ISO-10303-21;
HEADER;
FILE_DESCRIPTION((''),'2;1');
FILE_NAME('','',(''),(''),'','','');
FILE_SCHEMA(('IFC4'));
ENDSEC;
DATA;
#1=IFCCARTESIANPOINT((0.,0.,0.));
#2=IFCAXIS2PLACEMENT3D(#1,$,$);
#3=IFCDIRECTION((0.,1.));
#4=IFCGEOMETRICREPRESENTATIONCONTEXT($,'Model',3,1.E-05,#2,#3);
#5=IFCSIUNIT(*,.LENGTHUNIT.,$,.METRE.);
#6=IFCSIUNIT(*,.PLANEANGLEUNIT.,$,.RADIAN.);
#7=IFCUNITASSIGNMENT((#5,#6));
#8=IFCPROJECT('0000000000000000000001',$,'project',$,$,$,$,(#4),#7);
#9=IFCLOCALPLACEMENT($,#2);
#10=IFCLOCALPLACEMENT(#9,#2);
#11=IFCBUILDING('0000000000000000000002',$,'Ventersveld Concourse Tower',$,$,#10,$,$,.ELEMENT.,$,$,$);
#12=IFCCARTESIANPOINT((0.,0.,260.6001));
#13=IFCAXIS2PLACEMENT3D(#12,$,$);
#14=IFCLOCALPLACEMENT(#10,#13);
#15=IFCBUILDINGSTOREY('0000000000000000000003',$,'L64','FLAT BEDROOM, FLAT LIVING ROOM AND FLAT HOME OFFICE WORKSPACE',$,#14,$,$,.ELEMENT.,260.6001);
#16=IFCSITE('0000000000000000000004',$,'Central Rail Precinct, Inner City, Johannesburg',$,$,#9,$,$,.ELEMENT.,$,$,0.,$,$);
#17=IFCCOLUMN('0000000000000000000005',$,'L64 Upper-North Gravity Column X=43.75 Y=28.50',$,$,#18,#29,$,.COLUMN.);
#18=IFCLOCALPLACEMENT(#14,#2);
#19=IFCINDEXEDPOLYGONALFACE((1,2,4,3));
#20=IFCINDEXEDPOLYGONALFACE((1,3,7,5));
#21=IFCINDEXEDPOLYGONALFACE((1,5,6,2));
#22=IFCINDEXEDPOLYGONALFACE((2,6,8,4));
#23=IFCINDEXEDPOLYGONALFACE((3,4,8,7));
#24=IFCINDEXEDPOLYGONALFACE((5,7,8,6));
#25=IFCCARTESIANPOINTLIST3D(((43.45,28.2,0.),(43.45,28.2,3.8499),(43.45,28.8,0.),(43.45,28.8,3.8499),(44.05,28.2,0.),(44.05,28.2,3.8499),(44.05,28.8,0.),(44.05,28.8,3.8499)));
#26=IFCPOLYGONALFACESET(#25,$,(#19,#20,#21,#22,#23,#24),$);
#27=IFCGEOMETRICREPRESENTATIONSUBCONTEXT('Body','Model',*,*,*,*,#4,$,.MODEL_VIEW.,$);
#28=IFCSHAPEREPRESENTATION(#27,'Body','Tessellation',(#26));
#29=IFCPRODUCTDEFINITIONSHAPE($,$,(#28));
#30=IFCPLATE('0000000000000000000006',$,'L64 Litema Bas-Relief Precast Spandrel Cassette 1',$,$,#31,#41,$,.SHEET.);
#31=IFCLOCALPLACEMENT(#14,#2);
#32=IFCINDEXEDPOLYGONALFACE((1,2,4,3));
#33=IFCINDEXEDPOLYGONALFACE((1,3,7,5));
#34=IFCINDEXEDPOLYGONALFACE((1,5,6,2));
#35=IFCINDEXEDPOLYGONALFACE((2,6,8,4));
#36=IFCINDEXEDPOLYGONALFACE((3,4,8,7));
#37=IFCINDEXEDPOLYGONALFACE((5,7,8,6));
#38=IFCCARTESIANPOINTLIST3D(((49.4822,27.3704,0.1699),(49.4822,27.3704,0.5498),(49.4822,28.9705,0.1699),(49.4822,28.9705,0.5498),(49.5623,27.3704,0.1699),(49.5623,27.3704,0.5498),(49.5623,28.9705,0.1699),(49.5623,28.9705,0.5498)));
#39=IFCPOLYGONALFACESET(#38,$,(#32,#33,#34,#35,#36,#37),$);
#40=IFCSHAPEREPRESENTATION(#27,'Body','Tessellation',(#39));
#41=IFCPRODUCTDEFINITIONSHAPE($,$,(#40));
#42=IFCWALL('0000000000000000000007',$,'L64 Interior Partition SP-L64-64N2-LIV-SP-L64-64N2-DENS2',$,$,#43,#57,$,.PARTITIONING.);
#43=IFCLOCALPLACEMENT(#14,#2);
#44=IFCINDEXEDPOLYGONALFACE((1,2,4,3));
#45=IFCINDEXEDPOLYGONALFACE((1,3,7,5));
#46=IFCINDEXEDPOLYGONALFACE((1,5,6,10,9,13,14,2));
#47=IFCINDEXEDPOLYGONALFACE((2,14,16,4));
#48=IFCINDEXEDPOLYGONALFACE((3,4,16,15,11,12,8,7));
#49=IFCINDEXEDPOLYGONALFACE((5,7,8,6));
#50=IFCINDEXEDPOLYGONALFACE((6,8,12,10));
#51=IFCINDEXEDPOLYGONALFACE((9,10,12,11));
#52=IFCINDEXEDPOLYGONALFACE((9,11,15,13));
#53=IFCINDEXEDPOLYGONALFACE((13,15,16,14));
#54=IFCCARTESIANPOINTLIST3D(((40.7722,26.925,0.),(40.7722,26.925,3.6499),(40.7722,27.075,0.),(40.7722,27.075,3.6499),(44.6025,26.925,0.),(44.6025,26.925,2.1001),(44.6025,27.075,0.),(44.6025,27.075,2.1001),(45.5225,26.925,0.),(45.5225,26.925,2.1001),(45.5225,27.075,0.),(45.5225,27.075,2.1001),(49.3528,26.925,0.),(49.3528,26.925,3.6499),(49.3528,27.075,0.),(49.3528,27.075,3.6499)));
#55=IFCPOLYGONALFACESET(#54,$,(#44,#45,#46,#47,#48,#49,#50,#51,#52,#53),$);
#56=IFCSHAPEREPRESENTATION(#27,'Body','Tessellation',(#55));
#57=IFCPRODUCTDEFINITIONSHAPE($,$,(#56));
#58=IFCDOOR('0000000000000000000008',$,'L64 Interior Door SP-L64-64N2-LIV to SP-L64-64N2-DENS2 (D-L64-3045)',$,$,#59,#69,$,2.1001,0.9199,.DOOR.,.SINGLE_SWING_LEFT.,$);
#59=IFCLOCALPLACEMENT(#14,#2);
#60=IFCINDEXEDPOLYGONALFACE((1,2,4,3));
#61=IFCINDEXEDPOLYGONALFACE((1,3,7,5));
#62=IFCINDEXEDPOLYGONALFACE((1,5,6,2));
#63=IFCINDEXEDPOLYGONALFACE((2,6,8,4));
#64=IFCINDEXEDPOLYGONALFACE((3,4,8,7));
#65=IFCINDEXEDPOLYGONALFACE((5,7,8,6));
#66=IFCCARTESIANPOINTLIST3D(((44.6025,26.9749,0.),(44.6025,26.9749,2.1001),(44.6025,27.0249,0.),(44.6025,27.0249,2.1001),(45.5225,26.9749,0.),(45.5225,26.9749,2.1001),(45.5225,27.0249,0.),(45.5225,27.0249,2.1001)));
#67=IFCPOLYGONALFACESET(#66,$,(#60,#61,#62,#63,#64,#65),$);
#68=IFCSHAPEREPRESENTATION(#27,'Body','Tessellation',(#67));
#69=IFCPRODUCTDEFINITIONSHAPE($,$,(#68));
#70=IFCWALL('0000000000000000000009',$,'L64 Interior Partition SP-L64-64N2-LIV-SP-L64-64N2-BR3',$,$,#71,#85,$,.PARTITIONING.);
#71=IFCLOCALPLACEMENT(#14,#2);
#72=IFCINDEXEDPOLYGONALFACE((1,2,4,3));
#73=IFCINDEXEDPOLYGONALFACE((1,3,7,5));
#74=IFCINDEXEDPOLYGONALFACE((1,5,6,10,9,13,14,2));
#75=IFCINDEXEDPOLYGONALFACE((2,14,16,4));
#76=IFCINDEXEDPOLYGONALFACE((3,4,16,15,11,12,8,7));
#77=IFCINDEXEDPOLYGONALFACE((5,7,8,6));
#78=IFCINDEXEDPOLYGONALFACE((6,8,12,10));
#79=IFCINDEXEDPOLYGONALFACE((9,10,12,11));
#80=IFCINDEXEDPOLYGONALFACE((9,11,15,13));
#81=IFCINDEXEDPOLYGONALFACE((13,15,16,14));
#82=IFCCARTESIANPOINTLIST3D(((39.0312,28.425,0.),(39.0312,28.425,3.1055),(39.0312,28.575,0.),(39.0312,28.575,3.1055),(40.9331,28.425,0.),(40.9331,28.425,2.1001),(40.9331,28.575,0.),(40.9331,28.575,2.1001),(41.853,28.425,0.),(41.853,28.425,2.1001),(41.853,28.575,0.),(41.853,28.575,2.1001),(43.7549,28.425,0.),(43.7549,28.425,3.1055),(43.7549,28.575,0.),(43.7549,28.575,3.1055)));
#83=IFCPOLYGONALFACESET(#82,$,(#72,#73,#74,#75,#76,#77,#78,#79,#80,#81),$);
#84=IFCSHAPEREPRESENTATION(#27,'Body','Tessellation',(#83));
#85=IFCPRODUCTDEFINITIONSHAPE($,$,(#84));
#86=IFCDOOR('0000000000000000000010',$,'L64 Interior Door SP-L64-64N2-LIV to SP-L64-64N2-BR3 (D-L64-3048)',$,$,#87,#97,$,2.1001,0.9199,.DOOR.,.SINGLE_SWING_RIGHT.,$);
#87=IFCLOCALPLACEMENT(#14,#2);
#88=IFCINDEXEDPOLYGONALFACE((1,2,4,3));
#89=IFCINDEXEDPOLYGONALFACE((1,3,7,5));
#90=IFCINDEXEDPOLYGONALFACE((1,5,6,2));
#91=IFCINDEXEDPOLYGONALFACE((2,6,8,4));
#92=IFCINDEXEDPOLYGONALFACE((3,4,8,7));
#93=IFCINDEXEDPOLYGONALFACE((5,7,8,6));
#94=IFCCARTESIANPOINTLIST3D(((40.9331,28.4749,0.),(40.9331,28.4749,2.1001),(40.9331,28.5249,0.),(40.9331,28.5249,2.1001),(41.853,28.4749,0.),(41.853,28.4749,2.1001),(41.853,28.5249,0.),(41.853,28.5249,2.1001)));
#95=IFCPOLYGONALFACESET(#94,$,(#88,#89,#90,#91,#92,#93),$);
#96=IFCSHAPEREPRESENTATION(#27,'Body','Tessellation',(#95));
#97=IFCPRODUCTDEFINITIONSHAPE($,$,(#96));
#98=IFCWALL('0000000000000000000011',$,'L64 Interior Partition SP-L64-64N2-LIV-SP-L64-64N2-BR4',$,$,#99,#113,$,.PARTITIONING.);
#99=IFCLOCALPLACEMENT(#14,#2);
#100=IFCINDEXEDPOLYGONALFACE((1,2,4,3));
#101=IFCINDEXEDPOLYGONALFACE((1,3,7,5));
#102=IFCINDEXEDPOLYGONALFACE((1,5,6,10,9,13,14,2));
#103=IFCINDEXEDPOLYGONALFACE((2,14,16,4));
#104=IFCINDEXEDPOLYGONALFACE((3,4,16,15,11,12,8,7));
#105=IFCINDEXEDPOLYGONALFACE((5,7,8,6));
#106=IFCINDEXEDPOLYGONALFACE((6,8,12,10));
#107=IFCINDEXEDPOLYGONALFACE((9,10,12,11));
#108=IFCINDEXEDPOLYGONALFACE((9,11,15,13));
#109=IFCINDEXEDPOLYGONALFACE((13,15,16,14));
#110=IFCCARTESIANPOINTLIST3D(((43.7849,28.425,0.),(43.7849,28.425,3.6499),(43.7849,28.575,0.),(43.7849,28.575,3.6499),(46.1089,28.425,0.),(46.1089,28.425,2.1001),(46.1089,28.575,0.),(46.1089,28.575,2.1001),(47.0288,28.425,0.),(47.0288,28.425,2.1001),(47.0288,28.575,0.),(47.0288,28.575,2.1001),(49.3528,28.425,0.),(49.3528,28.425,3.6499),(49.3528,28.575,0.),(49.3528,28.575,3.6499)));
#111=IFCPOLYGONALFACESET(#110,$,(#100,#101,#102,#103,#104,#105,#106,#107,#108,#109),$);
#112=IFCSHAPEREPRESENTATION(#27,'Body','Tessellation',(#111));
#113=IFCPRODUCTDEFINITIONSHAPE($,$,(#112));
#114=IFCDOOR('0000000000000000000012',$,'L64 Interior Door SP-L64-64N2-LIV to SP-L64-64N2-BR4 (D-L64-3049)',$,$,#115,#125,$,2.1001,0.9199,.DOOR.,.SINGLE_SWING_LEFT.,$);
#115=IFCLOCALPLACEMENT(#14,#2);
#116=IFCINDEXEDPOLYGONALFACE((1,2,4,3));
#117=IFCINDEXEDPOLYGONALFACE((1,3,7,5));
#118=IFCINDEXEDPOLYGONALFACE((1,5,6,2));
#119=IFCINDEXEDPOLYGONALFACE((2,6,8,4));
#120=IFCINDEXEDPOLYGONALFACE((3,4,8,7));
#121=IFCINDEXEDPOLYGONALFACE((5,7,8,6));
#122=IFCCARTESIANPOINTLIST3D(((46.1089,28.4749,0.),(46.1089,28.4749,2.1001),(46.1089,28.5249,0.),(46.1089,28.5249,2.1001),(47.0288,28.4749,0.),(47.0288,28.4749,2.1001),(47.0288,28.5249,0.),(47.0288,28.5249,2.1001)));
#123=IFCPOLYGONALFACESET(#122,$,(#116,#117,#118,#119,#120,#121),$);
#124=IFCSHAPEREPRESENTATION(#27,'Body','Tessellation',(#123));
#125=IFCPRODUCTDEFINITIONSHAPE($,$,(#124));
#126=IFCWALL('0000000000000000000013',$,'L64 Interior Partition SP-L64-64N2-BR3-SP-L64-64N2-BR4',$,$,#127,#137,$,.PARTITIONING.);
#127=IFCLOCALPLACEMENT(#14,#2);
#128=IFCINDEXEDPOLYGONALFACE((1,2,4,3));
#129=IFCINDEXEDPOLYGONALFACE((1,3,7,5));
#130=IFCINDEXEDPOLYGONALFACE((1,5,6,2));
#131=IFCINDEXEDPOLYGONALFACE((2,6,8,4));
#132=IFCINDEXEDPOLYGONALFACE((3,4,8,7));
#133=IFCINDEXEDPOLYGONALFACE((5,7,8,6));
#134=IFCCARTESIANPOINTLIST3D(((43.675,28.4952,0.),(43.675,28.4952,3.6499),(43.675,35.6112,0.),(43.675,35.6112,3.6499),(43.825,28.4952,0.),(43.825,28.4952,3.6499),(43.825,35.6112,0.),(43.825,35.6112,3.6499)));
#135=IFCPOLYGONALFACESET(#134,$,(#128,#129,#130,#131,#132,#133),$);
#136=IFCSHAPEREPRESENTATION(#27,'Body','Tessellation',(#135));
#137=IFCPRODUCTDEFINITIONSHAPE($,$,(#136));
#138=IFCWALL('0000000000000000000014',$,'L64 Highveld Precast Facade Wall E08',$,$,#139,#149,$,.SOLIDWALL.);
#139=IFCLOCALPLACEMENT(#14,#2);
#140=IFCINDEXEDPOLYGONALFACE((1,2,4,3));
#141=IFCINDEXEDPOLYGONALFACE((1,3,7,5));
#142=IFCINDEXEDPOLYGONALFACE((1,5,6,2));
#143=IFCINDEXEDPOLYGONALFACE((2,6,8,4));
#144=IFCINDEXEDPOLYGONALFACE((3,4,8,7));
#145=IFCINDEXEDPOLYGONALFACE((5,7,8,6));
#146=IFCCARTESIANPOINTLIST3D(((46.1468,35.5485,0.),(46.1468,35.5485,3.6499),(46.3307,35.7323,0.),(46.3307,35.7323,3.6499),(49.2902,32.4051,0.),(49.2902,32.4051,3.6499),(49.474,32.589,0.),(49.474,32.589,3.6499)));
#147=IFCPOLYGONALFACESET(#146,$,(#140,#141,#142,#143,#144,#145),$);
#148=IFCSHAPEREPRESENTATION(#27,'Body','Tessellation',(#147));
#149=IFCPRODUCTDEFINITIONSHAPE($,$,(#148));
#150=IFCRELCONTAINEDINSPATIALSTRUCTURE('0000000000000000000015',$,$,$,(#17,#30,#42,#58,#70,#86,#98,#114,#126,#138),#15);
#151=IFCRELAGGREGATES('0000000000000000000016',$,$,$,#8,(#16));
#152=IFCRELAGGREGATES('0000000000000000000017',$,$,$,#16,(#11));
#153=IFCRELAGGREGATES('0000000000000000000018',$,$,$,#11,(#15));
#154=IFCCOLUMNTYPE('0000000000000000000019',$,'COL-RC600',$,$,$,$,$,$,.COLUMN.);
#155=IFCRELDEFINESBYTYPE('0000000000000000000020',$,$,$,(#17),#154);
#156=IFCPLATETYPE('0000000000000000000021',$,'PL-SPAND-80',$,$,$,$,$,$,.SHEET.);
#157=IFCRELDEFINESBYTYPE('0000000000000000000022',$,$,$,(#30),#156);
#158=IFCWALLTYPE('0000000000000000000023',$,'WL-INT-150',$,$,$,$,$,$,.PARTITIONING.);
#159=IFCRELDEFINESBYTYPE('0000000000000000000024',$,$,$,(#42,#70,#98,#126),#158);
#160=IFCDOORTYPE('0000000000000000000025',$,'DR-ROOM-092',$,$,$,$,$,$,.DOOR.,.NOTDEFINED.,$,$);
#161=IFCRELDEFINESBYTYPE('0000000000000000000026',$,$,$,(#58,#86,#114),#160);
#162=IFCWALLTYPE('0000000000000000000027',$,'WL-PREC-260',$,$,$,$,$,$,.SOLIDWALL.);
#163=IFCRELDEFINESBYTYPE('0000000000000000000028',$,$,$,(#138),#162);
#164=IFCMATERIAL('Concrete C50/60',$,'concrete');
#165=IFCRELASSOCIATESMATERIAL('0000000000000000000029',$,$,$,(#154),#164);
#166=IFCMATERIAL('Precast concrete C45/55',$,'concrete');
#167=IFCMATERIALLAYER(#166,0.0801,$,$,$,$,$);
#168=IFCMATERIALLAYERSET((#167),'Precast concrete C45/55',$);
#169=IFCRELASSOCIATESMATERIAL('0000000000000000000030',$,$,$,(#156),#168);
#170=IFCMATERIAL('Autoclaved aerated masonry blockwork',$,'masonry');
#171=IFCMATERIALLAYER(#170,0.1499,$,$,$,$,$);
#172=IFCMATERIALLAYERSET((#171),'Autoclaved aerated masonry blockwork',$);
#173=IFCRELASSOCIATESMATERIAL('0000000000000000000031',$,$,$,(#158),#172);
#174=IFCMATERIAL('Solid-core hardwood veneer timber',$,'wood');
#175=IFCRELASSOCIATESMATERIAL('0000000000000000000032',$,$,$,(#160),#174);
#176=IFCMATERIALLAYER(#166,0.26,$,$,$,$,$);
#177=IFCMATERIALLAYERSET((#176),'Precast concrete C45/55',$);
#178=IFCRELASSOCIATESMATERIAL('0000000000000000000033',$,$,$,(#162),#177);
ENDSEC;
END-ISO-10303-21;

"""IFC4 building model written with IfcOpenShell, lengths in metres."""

from ifc_helpers import new_model, si_unit, direction, frame, frame_2d, origin, origin_2d, place, context, subcontext, project, spatial, rectangle, extrude, material, layer, layer_set, material_profile, profile_set, type_object, element, fill, save


model = new_model("IFC4")

# Units and contexts
model_context = context("Model", 3, precision=1e-05, world=origin(), true_north=direction((0.0, 1.0)))
body_context = subcontext(model_context, "Body", "Model", "MODEL_VIEW")
ifc_project = project(units=[si_unit("LENGTHUNIT", "METRE"), si_unit("PLANEANGLEUNIT", "RADIAN")], contexts=[model_context])

# Site, building, storey
site_placement = place(None, origin())
site = spatial("IfcSite", under=ifc_project, at=site_placement, Name="Central Rail Precinct, Inner City, Johannesburg", CompositionType="ELEMENT", RefElevation=0.0)
building_placement = place(site_placement, origin())
building = spatial("IfcBuilding", under=site, at=building_placement, Name="Ventersveld Concourse Tower", CompositionType="ELEMENT")
storey_placement = place(building_placement, frame((0.0, 0.0, 260.6001)))
storey = spatial("IfcBuildingStorey", under=building, at=storey_placement, Name="L64", Description="FLAT BEDROOM, FLAT LIVING ROOM AND FLAT HOME OFFICE WORKSPACE", CompositionType="ELEMENT", Elevation=260.6001)

# Column
ifc_material_1 = material(Name="Concrete C50/60", Category="concrete")
ifc_material_profile = material_profile(ifc_material_1, rectangle(XDim=0.6001, YDim=0.6001, at=origin_2d()), Name="RC 600x600")
ifc_profile_set = profile_set([ifc_material_profile], Name="Concrete C50/60")
column_type = type_object("IfcColumnType", Name="COL-RC600", PredefinedType="COLUMN", material=ifc_profile_set)
column_placement = place(storey_placement, frame((43.75, 28.5, 0.0), z_axis=(0.0, 0.0, 1.0), x_axis=(1.0, 0.0, 0.0)))
element("IfcColumn", 1, at=column_placement, inside=storey, type_object=column_type, Name="L64 Upper-North Gravity Column X=43.75 Y=28.50", PredefinedType="COLUMN", context=body_context, shape_type="SweptSolid", body=[
    extrude(rectangle(XDim=0.6001, YDim=0.6001, at=origin_2d()), origin(), (0.0, 0.0, 1.0), 3.8499),
])

# Plate
ifc_material_2 = material(Name="Precast concrete C45/55", Category="concrete")
ifc_layer_1 = layer(ifc_material_2, 0.0801)
ifc_layer_set_1 = layer_set([ifc_layer_1], Name="Precast concrete C45/55")
plate_type = type_object("IfcPlateType", Name="PL-SPAND-80", PredefinedType="SHEET", material=ifc_layer_set_1)
plate_placement = place(storey_placement, frame((49.5222, 28.1704, 0.1699), z_axis=(0.0, 0.0, 1.0), x_axis=(0.0, 1.0, 0.0)))
element("IfcPlate", 2, at=plate_placement, inside=storey, type_object=plate_type, Name="L64 Litema Bas-Relief Precast Spandrel Cassette 1", PredefinedType="SHEET", context=body_context, shape_type="SweptSolid", body=[
    extrude(rectangle(XDim=1.6001, YDim=0.0801, at=origin_2d()), origin(), (0.0, 0.0, 1.0), 0.3799),
])

# Walls, openings, doors
ifc_material_3 = material(Name="Autoclaved aerated masonry blockwork", Category="masonry")
ifc_layer_2 = layer(ifc_material_3, 0.1499)
ifc_layer_set_2 = layer_set([ifc_layer_2], Name="Autoclaved aerated masonry blockwork")
wall_type_1 = type_object("IfcWallType", Name="WL-INT-150", PredefinedType="PARTITIONING", material=ifc_layer_set_2)
wall_1_placement = place(storey_placement, frame((40.7722, 27.0, 0.0), z_axis=(0.0, 0.0, 1.0), x_axis=(1.0, 0.0, 0.0)))
wall_1 = element("IfcWall", 3, at=wall_1_placement, inside=storey, type_object=wall_type_1, Name="L64 Interior Partition SP-L64-64N2-LIV-SP-L64-64N2-DENS2", PredefinedType="PARTITIONING", context=body_context, shape_type="SweptSolid", body=[
    extrude(rectangle(XDim=8.5806, YDim=0.1499, at=frame_2d((4.2903, 0.0))), origin(), (0.0, 0.0, 1.0), 3.6499),
])
opening_1_placement = place(wall_1_placement, frame((3.8303, 0.0, 0.0)))
opening_1 = element("IfcOpeningElement", 4, at=opening_1_placement, cuts=wall_1, PredefinedType="OPENING", context=body_context, shape_type="SweptSolid", body=[
    extrude(rectangle(XDim=0.9199, YDim=2.1001, at=frame_2d((0.46, 1.05))), frame((0.0, 0.085, 0.0), z_axis=(0.0, -1.0, 0.0), x_axis=(1.0, 0.0, 0.0)), (0.0, 0.0, 1.0), 0.1699),
])
ifc_material_4 = material(Name="Solid-core hardwood veneer timber", Category="wood")
door_type = type_object("IfcDoorType", Name="DR-ROOM-092", OperationType="NOTDEFINED", PredefinedType="DOOR", material=ifc_material_4)
door_1_placement = place(opening_1_placement, origin())
door_1 = element("IfcDoor", 5, at=door_1_placement, inside=storey, type_object=door_type, Name="L64 Interior Door SP-L64-64N2-LIV to SP-L64-64N2-DENS2 (D-L64-3045)", OperationType="SINGLE_SWING_LEFT", OverallHeight=2.1001, OverallWidth=0.9199, PredefinedType="DOOR", context=body_context, shape_type="SweptSolid", body=[
    extrude(rectangle(XDim=0.9199, YDim=2.1001, at=frame_2d((0.46, 1.05))), frame((0.0, 0.0249, 0.0), z_axis=(0.0, -1.0, 0.0), x_axis=(1.0, 0.0, 0.0)), (0.0, 0.0, 1.0), 0.05),
])
fill(opening_1, door_1)
wall_2_placement = place(storey_placement, frame((39.0312, 28.5, 0.0), z_axis=(0.0, 0.0, 1.0), x_axis=(1.0, 0.0, 0.0)))
wall_2 = element("IfcWall", 6, at=wall_2_placement, inside=storey, type_object=wall_type_1, Name="L64 Interior Partition SP-L64-64N2-LIV-SP-L64-64N2-BR3", PredefinedType="PARTITIONING", context=body_context, shape_type="SweptSolid", body=[
    extrude(rectangle(XDim=4.7236, YDim=0.1499, at=frame_2d((2.3618, 0.0))), origin(), (0.0, 0.0, 1.0), 3.1055),
])
opening_2_placement = place(wall_2_placement, frame((1.9019, 0.0, 0.0)))
opening_2 = element("IfcOpeningElement", 7, at=opening_2_placement, cuts=wall_2, PredefinedType="OPENING", context=body_context, shape_type="SweptSolid", body=[
    extrude(rectangle(XDim=0.9199, YDim=2.1001, at=frame_2d((0.46, 1.05))), frame((0.0, 0.085, 0.0), z_axis=(0.0, -1.0, 0.0), x_axis=(1.0, 0.0, 0.0)), (0.0, 0.0, 1.0), 0.1699),
])
door_2_placement = place(opening_2_placement, origin())
door_2 = element("IfcDoor", 8, at=door_2_placement, inside=storey, type_object=door_type, Name="L64 Interior Door SP-L64-64N2-LIV to SP-L64-64N2-BR3 (D-L64-3048)", OperationType="SINGLE_SWING_RIGHT", OverallHeight=2.1001, OverallWidth=0.9199, PredefinedType="DOOR", context=body_context, shape_type="SweptSolid", body=[
    extrude(rectangle(XDim=0.9199, YDim=2.1001, at=frame_2d((0.46, 1.05))), frame((0.0, 0.0249, 0.0), z_axis=(0.0, -1.0, 0.0), x_axis=(1.0, 0.0, 0.0)), (0.0, 0.0, 1.0), 0.05),
])
fill(opening_2, door_2)
wall_3_placement = place(storey_placement, frame((43.7849, 28.5, 0.0), z_axis=(0.0, 0.0, 1.0), x_axis=(1.0, 0.0, 0.0)))
wall_3 = element("IfcWall", 9, at=wall_3_placement, inside=storey, type_object=wall_type_1, Name="L64 Interior Partition SP-L64-64N2-LIV-SP-L64-64N2-BR4", PredefinedType="PARTITIONING", context=body_context, shape_type="SweptSolid", body=[
    extrude(rectangle(XDim=5.5679, YDim=0.1499, at=frame_2d((2.7839, 0.0))), origin(), (0.0, 0.0, 1.0), 3.6499),
])
opening_3_placement = place(wall_3_placement, frame((2.324, 0.0, 0.0)))
opening_3 = element("IfcOpeningElement", 10, at=opening_3_placement, cuts=wall_3, PredefinedType="OPENING", context=body_context, shape_type="SweptSolid", body=[
    extrude(rectangle(XDim=0.9199, YDim=2.1001, at=frame_2d((0.46, 1.05))), frame((0.0, 0.085, 0.0), z_axis=(0.0, -1.0, 0.0), x_axis=(1.0, 0.0, 0.0)), (0.0, 0.0, 1.0), 0.1699),
])
door_3_placement = place(opening_3_placement, origin())
door_3 = element("IfcDoor", 11, at=door_3_placement, inside=storey, type_object=door_type, Name="L64 Interior Door SP-L64-64N2-LIV to SP-L64-64N2-BR4 (D-L64-3049)", OperationType="SINGLE_SWING_LEFT", OverallHeight=2.1001, OverallWidth=0.9199, PredefinedType="DOOR", context=body_context, shape_type="SweptSolid", body=[
    extrude(rectangle(XDim=0.9199, YDim=2.1001, at=frame_2d((0.46, 1.05))), frame((0.0, 0.0249, 0.0), z_axis=(0.0, -1.0, 0.0), x_axis=(1.0, 0.0, 0.0)), (0.0, 0.0, 1.0), 0.05),
])
fill(opening_3, door_3)

# Walls
wall_4_placement = place(storey_placement, frame((43.75, 28.4951, 0.0), z_axis=(0.0, 0.0, 1.0), x_axis=(0.0, 1.0, 0.0)))
element("IfcWall", 12, at=wall_4_placement, inside=storey, type_object=wall_type_1, Name="L64 Interior Partition SP-L64-64N2-BR3-SP-L64-64N2-BR4", PredefinedType="PARTITIONING", context=body_context, shape_type="SweptSolid", body=[
    extrude(rectangle(XDim=7.116, YDim=0.1499, at=frame_2d((3.5581, 0.0))), origin(), (0.0, 0.0, 1.0), 3.6499),
])
ifc_layer_3 = layer(ifc_material_2, 0.26)
ifc_layer_set_3 = layer_set([ifc_layer_3], Name="Precast concrete C45/55")
wall_type_2 = type_object("IfcWallType", Name="WL-PREC-260", PredefinedType="SOLIDWALL", material=ifc_layer_set_3)
wall_5_placement = place(storey_placement, frame((49.3821, 32.4971, 0.0), z_axis=(0.0, 0.0, 1.0), x_axis=(-0.707107, 0.707107, 0.0)))
element("IfcWall", 13, at=wall_5_placement, inside=storey, type_object=wall_type_2, Name="L64 Highveld Precast Facade Wall E08", PredefinedType="SOLIDWALL", context=body_context, shape_type="SweptSolid", body=[
    extrude(rectangle(XDim=4.4453, YDim=0.26, at=frame_2d((2.2227, 0.0))), origin(), (0.0, 0.0, 1.0), 3.6499),
])

save(model, "model.ifc")
